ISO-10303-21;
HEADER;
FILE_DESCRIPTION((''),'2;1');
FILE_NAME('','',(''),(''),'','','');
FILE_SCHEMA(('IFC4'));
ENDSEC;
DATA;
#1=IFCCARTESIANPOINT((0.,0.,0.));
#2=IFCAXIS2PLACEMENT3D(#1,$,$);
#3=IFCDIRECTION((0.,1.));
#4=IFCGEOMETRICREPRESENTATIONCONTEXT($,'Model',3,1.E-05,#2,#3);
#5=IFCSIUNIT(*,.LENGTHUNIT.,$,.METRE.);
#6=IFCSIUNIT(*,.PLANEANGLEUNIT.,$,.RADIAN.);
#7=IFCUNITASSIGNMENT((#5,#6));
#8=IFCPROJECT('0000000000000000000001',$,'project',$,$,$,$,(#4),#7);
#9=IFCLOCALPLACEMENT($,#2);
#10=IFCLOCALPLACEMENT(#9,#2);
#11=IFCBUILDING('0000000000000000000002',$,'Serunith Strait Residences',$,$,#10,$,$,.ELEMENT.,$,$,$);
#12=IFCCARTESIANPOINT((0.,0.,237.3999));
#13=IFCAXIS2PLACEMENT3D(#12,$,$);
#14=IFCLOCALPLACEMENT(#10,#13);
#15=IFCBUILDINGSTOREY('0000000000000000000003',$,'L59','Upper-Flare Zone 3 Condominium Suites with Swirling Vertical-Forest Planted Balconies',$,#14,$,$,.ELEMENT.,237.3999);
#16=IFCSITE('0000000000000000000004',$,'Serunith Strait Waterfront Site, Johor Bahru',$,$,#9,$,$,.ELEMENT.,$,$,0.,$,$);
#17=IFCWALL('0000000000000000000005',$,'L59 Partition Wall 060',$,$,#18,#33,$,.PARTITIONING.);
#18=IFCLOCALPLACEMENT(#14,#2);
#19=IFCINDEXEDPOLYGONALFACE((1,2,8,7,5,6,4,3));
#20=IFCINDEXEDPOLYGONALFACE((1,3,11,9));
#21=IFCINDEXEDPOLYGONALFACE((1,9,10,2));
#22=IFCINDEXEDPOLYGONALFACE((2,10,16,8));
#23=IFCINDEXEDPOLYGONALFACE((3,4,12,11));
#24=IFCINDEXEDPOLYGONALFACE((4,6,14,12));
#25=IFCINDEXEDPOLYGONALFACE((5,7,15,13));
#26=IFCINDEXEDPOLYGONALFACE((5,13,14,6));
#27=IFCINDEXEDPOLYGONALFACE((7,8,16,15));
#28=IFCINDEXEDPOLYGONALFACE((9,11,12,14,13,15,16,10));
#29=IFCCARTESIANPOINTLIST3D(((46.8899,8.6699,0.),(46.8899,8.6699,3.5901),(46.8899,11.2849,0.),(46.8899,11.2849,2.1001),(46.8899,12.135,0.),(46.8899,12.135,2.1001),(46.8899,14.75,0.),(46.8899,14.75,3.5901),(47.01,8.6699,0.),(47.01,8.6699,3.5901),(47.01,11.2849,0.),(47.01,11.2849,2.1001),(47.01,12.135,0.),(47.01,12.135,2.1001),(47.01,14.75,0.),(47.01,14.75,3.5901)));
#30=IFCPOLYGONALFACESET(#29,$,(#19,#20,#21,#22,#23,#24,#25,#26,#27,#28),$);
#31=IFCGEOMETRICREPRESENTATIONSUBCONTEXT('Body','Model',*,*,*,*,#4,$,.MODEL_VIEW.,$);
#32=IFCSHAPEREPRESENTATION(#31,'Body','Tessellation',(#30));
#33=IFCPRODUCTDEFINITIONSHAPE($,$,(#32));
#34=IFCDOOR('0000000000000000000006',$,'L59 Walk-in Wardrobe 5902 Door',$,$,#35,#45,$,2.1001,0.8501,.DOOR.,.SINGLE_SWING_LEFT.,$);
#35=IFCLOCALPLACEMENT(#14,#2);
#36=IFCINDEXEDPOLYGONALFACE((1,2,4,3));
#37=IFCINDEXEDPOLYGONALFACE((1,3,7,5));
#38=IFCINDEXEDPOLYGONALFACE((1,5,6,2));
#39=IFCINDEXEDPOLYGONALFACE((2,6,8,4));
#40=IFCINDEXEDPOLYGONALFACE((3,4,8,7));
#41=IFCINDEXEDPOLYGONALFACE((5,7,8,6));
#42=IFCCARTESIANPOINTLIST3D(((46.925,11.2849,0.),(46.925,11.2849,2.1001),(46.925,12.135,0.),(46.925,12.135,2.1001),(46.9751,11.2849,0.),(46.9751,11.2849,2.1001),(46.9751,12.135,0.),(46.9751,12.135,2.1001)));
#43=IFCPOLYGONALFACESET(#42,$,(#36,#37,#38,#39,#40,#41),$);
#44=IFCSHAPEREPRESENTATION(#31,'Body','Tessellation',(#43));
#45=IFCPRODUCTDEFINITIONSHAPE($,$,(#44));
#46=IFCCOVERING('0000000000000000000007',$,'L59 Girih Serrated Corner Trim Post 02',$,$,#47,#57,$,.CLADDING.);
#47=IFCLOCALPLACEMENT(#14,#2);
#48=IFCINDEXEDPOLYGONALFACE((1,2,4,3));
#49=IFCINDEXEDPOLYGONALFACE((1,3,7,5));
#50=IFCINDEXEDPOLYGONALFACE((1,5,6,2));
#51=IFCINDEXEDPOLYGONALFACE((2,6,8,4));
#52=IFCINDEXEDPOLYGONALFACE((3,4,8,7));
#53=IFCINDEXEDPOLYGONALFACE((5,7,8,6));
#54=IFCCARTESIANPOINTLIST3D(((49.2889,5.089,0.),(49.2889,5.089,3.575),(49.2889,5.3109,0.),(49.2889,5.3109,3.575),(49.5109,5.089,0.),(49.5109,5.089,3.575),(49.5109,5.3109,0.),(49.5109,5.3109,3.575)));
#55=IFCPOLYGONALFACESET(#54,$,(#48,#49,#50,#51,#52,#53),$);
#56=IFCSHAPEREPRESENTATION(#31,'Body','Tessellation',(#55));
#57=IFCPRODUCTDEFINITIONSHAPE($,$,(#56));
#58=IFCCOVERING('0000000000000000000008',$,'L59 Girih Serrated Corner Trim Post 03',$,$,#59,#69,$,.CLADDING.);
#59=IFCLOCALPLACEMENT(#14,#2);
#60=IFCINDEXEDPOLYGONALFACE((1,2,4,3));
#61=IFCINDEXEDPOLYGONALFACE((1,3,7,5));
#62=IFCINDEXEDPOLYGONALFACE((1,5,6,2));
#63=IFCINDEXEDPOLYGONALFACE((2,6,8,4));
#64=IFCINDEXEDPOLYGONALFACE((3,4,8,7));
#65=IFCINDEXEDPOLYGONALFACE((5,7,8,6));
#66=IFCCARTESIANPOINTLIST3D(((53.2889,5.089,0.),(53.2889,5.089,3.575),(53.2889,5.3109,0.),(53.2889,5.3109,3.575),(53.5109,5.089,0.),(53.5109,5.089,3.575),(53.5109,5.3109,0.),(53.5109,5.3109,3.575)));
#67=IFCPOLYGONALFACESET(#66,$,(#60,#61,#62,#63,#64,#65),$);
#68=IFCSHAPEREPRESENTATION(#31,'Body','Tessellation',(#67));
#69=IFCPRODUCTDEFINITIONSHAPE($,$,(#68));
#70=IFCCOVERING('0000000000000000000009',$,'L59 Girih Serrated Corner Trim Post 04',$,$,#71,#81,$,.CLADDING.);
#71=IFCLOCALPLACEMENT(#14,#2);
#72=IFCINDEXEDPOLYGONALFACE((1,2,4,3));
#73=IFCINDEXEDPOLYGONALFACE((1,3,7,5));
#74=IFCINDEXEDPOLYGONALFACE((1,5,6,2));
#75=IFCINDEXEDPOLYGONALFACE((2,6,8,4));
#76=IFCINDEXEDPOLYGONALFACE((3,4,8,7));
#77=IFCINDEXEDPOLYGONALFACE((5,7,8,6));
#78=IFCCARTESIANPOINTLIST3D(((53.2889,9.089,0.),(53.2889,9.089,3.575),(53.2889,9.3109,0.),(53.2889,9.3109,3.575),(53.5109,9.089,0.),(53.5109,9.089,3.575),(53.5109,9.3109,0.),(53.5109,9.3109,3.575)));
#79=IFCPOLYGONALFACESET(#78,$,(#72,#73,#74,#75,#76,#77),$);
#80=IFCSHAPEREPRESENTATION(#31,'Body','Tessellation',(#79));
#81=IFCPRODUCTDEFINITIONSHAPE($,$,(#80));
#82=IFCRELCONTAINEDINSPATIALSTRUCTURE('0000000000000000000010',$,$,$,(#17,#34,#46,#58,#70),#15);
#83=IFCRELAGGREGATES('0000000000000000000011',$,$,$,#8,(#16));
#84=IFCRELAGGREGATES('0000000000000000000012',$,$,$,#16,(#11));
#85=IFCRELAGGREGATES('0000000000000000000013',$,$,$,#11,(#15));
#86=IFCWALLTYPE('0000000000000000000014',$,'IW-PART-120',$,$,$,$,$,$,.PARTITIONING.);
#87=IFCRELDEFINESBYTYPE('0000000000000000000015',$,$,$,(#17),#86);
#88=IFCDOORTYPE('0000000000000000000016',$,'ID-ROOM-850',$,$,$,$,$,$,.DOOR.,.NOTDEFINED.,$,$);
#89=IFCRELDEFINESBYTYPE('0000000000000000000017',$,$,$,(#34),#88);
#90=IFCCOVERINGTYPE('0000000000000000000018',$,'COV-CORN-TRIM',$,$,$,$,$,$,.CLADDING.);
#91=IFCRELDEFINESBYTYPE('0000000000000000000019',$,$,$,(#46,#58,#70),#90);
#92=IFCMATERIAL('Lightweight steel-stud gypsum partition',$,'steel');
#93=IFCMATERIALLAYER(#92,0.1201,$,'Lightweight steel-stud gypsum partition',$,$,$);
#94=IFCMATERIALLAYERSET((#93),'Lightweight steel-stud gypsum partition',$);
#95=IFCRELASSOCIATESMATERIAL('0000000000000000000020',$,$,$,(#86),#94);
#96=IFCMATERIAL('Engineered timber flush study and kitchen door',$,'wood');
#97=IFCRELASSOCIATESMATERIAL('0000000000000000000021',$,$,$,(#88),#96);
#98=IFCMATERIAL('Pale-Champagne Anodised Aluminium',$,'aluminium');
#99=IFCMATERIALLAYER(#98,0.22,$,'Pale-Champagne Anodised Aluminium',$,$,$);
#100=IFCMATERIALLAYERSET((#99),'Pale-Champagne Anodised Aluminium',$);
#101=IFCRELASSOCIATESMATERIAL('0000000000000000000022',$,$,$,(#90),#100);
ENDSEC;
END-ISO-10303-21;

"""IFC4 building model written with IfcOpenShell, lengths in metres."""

from ifc_helpers import new_model, si_unit, direction, frame, frame_2d, origin, origin_2d, place, context, subcontext, project, spatial, rectangle, extrude, source, transform, mapped, material, layer, layer_set, type_object, element, fill, save


model = new_model("IFC4")

# Units and contexts
model_context = context("Model", 3, precision=1e-05, world=origin(), true_north=direction((0.0, 1.0)))
body_context = subcontext(model_context, "Body", "Model", "MODEL_VIEW")
ifc_project = project(units=[si_unit("LENGTHUNIT", "METRE"), si_unit("PLANEANGLEUNIT", "RADIAN")], contexts=[model_context])

# Site, building, storey
site_placement = place(None, origin())
site = spatial("IfcSite", under=ifc_project, at=site_placement, Name="Serunith Strait Waterfront Site, Johor Bahru", CompositionType="ELEMENT", RefElevation=0.0)
building_placement = place(site_placement, origin())
building = spatial("IfcBuilding", under=site, at=building_placement, Name="Serunith Strait Residences", CompositionType="ELEMENT")
storey_placement = place(building_placement, frame((0.0, 0.0, 237.3999)))
storey = spatial("IfcBuildingStorey", under=building, at=storey_placement, Name="L59", Description="Upper-Flare Zone 3 Condominium Suites with Swirling Vertical-Forest Planted Balconies", CompositionType="ELEMENT", Elevation=237.3999)

# Shared definitions
ifc_material_1 = material(Name="Pale-Champagne Anodised Aluminium", Category="aluminium")

# Shared definitions
ifc_material_2 = material(Name="Lightweight steel-stud gypsum partition", Category="steel")
ifc_layer_1 = layer(ifc_material_2, 0.1201, Name="Lightweight steel-stud gypsum partition")
ifc_layer_set_1 = layer_set([ifc_layer_1], Name="Lightweight steel-stud gypsum partition")
wall_type_1 = type_object("IfcWallType", Name="IW-PART-120", PredefinedType="PARTITIONING", material=ifc_layer_set_1)

# Wall, opening, door
wall_1_placement = place(storey_placement, frame((46.95, 8.6699, 0.0), z_axis=(0.0, 0.0, 1.0), x_axis=(0.0, 1.0, 0.0)))
wall_1 = element("IfcWall", 1, at=wall_1_placement, inside=storey, type_object=wall_type_1, Name="L59 Partition Wall 060", PredefinedType="PARTITIONING", context=body_context, shape_type="SweptSolid", body=[
    extrude(rectangle(XDim=6.0801, YDim=0.1201, at=frame_2d((3.04, 0.0))), origin(), (0.0, 0.0, 1.0), 3.5901),
])
opening_1_placement = place(wall_1_placement, frame((2.615, 0.0, 0.0)))
opening_1 = element("IfcOpeningElement", 2, at=opening_1_placement, cuts=wall_1, PredefinedType="OPENING", context=body_context, shape_type="SweptSolid", body=[
    extrude(rectangle(XDim=0.8501, YDim=2.1001, at=frame_2d((0.425, 1.05))), frame((0.0, 0.0701, 0.0), z_axis=(0.0, -1.0, 0.0), x_axis=(1.0, 0.0, 0.0)), (0.0, 0.0, 1.0), 0.1401),
])
ifc_material_3 = material(Name="Engineered timber flush study and kitchen door", Category="wood")
door_type_1 = type_object("IfcDoorType", Name="ID-ROOM-850", OperationType="NOTDEFINED", PredefinedType="DOOR", material=ifc_material_3)
shared_shape_1 = source(origin(), body_context, "Body", "SweptSolid", [
    extrude(rectangle(XDim=0.8501, YDim=2.1001, at=frame_2d((0.425, 1.05))), frame((0.0, 0.0249, 0.0), z_axis=(0.0, -1.0, 0.0), x_axis=(1.0, 0.0, 0.0)), (0.0, 0.0, 1.0), 0.05),
])
door_1_placement = place(opening_1_placement, origin())
door_1 = element("IfcDoor", 3, at=door_1_placement, inside=storey, type_object=door_type_1, Name="L59 Walk-in Wardrobe 5902 Door", OperationType="SINGLE_SWING_LEFT", OverallHeight=2.1001, OverallWidth=0.8501, PredefinedType="DOOR", context=body_context, shape_type="MappedRepresentation", body=[
    mapped(shared_shape_1, transform((0.0, 0.0, 0.0), scale=1.0)),
])
fill(opening_1, door_1)

# Coverings
ifc_layer_2 = layer(ifc_material_1, 0.22, Name="Pale-Champagne Anodised Aluminium")
ifc_layer_set_2 = layer_set([ifc_layer_2], Name="Pale-Champagne Anodised Aluminium")
covering_type = type_object("IfcCoveringType", Name="COV-CORN-TRIM", PredefinedType="CLADDING", material=ifc_layer_set_2)
shared_shape_2 = source(origin(), body_context, "Body", "SweptSolid", [
    extrude(rectangle(XDim=0.2219, YDim=0.2219, at=origin_2d()), origin(), (0.0, 0.0, 1.0), 3.575),
])
for number, where, z_axis, x_axis, name in (
    (4, (49.3999, 5.2, 0.0), (0.0, 0.0, 1.0), (1.0, 0.0, 0.0), "L59 Girih Serrated Corner Trim Post 02"),
    (5, (53.3999, 5.2, 0.0), (0.0, 0.0, 1.0), (1.0, 0.0, 0.0), "L59 Girih Serrated Corner Trim Post 03"),
    (6, (53.3999, 9.2, 0.0), (0.0, 0.0, 1.0), (1.0, 0.0, 0.0), "L59 Girih Serrated Corner Trim Post 04"),
):
    element("IfcCovering", number, at=place(storey_placement, frame(where, z_axis=z_axis, x_axis=x_axis)), inside=storey, type_object=covering_type, Name=name, PredefinedType="CLADDING", context=body_context, shape_type="MappedRepresentation", body=[
        mapped(shared_shape_2, transform((0.0, 0.0, 0.0), scale=1.0)),
    ])

save(model, "model.ifc")
